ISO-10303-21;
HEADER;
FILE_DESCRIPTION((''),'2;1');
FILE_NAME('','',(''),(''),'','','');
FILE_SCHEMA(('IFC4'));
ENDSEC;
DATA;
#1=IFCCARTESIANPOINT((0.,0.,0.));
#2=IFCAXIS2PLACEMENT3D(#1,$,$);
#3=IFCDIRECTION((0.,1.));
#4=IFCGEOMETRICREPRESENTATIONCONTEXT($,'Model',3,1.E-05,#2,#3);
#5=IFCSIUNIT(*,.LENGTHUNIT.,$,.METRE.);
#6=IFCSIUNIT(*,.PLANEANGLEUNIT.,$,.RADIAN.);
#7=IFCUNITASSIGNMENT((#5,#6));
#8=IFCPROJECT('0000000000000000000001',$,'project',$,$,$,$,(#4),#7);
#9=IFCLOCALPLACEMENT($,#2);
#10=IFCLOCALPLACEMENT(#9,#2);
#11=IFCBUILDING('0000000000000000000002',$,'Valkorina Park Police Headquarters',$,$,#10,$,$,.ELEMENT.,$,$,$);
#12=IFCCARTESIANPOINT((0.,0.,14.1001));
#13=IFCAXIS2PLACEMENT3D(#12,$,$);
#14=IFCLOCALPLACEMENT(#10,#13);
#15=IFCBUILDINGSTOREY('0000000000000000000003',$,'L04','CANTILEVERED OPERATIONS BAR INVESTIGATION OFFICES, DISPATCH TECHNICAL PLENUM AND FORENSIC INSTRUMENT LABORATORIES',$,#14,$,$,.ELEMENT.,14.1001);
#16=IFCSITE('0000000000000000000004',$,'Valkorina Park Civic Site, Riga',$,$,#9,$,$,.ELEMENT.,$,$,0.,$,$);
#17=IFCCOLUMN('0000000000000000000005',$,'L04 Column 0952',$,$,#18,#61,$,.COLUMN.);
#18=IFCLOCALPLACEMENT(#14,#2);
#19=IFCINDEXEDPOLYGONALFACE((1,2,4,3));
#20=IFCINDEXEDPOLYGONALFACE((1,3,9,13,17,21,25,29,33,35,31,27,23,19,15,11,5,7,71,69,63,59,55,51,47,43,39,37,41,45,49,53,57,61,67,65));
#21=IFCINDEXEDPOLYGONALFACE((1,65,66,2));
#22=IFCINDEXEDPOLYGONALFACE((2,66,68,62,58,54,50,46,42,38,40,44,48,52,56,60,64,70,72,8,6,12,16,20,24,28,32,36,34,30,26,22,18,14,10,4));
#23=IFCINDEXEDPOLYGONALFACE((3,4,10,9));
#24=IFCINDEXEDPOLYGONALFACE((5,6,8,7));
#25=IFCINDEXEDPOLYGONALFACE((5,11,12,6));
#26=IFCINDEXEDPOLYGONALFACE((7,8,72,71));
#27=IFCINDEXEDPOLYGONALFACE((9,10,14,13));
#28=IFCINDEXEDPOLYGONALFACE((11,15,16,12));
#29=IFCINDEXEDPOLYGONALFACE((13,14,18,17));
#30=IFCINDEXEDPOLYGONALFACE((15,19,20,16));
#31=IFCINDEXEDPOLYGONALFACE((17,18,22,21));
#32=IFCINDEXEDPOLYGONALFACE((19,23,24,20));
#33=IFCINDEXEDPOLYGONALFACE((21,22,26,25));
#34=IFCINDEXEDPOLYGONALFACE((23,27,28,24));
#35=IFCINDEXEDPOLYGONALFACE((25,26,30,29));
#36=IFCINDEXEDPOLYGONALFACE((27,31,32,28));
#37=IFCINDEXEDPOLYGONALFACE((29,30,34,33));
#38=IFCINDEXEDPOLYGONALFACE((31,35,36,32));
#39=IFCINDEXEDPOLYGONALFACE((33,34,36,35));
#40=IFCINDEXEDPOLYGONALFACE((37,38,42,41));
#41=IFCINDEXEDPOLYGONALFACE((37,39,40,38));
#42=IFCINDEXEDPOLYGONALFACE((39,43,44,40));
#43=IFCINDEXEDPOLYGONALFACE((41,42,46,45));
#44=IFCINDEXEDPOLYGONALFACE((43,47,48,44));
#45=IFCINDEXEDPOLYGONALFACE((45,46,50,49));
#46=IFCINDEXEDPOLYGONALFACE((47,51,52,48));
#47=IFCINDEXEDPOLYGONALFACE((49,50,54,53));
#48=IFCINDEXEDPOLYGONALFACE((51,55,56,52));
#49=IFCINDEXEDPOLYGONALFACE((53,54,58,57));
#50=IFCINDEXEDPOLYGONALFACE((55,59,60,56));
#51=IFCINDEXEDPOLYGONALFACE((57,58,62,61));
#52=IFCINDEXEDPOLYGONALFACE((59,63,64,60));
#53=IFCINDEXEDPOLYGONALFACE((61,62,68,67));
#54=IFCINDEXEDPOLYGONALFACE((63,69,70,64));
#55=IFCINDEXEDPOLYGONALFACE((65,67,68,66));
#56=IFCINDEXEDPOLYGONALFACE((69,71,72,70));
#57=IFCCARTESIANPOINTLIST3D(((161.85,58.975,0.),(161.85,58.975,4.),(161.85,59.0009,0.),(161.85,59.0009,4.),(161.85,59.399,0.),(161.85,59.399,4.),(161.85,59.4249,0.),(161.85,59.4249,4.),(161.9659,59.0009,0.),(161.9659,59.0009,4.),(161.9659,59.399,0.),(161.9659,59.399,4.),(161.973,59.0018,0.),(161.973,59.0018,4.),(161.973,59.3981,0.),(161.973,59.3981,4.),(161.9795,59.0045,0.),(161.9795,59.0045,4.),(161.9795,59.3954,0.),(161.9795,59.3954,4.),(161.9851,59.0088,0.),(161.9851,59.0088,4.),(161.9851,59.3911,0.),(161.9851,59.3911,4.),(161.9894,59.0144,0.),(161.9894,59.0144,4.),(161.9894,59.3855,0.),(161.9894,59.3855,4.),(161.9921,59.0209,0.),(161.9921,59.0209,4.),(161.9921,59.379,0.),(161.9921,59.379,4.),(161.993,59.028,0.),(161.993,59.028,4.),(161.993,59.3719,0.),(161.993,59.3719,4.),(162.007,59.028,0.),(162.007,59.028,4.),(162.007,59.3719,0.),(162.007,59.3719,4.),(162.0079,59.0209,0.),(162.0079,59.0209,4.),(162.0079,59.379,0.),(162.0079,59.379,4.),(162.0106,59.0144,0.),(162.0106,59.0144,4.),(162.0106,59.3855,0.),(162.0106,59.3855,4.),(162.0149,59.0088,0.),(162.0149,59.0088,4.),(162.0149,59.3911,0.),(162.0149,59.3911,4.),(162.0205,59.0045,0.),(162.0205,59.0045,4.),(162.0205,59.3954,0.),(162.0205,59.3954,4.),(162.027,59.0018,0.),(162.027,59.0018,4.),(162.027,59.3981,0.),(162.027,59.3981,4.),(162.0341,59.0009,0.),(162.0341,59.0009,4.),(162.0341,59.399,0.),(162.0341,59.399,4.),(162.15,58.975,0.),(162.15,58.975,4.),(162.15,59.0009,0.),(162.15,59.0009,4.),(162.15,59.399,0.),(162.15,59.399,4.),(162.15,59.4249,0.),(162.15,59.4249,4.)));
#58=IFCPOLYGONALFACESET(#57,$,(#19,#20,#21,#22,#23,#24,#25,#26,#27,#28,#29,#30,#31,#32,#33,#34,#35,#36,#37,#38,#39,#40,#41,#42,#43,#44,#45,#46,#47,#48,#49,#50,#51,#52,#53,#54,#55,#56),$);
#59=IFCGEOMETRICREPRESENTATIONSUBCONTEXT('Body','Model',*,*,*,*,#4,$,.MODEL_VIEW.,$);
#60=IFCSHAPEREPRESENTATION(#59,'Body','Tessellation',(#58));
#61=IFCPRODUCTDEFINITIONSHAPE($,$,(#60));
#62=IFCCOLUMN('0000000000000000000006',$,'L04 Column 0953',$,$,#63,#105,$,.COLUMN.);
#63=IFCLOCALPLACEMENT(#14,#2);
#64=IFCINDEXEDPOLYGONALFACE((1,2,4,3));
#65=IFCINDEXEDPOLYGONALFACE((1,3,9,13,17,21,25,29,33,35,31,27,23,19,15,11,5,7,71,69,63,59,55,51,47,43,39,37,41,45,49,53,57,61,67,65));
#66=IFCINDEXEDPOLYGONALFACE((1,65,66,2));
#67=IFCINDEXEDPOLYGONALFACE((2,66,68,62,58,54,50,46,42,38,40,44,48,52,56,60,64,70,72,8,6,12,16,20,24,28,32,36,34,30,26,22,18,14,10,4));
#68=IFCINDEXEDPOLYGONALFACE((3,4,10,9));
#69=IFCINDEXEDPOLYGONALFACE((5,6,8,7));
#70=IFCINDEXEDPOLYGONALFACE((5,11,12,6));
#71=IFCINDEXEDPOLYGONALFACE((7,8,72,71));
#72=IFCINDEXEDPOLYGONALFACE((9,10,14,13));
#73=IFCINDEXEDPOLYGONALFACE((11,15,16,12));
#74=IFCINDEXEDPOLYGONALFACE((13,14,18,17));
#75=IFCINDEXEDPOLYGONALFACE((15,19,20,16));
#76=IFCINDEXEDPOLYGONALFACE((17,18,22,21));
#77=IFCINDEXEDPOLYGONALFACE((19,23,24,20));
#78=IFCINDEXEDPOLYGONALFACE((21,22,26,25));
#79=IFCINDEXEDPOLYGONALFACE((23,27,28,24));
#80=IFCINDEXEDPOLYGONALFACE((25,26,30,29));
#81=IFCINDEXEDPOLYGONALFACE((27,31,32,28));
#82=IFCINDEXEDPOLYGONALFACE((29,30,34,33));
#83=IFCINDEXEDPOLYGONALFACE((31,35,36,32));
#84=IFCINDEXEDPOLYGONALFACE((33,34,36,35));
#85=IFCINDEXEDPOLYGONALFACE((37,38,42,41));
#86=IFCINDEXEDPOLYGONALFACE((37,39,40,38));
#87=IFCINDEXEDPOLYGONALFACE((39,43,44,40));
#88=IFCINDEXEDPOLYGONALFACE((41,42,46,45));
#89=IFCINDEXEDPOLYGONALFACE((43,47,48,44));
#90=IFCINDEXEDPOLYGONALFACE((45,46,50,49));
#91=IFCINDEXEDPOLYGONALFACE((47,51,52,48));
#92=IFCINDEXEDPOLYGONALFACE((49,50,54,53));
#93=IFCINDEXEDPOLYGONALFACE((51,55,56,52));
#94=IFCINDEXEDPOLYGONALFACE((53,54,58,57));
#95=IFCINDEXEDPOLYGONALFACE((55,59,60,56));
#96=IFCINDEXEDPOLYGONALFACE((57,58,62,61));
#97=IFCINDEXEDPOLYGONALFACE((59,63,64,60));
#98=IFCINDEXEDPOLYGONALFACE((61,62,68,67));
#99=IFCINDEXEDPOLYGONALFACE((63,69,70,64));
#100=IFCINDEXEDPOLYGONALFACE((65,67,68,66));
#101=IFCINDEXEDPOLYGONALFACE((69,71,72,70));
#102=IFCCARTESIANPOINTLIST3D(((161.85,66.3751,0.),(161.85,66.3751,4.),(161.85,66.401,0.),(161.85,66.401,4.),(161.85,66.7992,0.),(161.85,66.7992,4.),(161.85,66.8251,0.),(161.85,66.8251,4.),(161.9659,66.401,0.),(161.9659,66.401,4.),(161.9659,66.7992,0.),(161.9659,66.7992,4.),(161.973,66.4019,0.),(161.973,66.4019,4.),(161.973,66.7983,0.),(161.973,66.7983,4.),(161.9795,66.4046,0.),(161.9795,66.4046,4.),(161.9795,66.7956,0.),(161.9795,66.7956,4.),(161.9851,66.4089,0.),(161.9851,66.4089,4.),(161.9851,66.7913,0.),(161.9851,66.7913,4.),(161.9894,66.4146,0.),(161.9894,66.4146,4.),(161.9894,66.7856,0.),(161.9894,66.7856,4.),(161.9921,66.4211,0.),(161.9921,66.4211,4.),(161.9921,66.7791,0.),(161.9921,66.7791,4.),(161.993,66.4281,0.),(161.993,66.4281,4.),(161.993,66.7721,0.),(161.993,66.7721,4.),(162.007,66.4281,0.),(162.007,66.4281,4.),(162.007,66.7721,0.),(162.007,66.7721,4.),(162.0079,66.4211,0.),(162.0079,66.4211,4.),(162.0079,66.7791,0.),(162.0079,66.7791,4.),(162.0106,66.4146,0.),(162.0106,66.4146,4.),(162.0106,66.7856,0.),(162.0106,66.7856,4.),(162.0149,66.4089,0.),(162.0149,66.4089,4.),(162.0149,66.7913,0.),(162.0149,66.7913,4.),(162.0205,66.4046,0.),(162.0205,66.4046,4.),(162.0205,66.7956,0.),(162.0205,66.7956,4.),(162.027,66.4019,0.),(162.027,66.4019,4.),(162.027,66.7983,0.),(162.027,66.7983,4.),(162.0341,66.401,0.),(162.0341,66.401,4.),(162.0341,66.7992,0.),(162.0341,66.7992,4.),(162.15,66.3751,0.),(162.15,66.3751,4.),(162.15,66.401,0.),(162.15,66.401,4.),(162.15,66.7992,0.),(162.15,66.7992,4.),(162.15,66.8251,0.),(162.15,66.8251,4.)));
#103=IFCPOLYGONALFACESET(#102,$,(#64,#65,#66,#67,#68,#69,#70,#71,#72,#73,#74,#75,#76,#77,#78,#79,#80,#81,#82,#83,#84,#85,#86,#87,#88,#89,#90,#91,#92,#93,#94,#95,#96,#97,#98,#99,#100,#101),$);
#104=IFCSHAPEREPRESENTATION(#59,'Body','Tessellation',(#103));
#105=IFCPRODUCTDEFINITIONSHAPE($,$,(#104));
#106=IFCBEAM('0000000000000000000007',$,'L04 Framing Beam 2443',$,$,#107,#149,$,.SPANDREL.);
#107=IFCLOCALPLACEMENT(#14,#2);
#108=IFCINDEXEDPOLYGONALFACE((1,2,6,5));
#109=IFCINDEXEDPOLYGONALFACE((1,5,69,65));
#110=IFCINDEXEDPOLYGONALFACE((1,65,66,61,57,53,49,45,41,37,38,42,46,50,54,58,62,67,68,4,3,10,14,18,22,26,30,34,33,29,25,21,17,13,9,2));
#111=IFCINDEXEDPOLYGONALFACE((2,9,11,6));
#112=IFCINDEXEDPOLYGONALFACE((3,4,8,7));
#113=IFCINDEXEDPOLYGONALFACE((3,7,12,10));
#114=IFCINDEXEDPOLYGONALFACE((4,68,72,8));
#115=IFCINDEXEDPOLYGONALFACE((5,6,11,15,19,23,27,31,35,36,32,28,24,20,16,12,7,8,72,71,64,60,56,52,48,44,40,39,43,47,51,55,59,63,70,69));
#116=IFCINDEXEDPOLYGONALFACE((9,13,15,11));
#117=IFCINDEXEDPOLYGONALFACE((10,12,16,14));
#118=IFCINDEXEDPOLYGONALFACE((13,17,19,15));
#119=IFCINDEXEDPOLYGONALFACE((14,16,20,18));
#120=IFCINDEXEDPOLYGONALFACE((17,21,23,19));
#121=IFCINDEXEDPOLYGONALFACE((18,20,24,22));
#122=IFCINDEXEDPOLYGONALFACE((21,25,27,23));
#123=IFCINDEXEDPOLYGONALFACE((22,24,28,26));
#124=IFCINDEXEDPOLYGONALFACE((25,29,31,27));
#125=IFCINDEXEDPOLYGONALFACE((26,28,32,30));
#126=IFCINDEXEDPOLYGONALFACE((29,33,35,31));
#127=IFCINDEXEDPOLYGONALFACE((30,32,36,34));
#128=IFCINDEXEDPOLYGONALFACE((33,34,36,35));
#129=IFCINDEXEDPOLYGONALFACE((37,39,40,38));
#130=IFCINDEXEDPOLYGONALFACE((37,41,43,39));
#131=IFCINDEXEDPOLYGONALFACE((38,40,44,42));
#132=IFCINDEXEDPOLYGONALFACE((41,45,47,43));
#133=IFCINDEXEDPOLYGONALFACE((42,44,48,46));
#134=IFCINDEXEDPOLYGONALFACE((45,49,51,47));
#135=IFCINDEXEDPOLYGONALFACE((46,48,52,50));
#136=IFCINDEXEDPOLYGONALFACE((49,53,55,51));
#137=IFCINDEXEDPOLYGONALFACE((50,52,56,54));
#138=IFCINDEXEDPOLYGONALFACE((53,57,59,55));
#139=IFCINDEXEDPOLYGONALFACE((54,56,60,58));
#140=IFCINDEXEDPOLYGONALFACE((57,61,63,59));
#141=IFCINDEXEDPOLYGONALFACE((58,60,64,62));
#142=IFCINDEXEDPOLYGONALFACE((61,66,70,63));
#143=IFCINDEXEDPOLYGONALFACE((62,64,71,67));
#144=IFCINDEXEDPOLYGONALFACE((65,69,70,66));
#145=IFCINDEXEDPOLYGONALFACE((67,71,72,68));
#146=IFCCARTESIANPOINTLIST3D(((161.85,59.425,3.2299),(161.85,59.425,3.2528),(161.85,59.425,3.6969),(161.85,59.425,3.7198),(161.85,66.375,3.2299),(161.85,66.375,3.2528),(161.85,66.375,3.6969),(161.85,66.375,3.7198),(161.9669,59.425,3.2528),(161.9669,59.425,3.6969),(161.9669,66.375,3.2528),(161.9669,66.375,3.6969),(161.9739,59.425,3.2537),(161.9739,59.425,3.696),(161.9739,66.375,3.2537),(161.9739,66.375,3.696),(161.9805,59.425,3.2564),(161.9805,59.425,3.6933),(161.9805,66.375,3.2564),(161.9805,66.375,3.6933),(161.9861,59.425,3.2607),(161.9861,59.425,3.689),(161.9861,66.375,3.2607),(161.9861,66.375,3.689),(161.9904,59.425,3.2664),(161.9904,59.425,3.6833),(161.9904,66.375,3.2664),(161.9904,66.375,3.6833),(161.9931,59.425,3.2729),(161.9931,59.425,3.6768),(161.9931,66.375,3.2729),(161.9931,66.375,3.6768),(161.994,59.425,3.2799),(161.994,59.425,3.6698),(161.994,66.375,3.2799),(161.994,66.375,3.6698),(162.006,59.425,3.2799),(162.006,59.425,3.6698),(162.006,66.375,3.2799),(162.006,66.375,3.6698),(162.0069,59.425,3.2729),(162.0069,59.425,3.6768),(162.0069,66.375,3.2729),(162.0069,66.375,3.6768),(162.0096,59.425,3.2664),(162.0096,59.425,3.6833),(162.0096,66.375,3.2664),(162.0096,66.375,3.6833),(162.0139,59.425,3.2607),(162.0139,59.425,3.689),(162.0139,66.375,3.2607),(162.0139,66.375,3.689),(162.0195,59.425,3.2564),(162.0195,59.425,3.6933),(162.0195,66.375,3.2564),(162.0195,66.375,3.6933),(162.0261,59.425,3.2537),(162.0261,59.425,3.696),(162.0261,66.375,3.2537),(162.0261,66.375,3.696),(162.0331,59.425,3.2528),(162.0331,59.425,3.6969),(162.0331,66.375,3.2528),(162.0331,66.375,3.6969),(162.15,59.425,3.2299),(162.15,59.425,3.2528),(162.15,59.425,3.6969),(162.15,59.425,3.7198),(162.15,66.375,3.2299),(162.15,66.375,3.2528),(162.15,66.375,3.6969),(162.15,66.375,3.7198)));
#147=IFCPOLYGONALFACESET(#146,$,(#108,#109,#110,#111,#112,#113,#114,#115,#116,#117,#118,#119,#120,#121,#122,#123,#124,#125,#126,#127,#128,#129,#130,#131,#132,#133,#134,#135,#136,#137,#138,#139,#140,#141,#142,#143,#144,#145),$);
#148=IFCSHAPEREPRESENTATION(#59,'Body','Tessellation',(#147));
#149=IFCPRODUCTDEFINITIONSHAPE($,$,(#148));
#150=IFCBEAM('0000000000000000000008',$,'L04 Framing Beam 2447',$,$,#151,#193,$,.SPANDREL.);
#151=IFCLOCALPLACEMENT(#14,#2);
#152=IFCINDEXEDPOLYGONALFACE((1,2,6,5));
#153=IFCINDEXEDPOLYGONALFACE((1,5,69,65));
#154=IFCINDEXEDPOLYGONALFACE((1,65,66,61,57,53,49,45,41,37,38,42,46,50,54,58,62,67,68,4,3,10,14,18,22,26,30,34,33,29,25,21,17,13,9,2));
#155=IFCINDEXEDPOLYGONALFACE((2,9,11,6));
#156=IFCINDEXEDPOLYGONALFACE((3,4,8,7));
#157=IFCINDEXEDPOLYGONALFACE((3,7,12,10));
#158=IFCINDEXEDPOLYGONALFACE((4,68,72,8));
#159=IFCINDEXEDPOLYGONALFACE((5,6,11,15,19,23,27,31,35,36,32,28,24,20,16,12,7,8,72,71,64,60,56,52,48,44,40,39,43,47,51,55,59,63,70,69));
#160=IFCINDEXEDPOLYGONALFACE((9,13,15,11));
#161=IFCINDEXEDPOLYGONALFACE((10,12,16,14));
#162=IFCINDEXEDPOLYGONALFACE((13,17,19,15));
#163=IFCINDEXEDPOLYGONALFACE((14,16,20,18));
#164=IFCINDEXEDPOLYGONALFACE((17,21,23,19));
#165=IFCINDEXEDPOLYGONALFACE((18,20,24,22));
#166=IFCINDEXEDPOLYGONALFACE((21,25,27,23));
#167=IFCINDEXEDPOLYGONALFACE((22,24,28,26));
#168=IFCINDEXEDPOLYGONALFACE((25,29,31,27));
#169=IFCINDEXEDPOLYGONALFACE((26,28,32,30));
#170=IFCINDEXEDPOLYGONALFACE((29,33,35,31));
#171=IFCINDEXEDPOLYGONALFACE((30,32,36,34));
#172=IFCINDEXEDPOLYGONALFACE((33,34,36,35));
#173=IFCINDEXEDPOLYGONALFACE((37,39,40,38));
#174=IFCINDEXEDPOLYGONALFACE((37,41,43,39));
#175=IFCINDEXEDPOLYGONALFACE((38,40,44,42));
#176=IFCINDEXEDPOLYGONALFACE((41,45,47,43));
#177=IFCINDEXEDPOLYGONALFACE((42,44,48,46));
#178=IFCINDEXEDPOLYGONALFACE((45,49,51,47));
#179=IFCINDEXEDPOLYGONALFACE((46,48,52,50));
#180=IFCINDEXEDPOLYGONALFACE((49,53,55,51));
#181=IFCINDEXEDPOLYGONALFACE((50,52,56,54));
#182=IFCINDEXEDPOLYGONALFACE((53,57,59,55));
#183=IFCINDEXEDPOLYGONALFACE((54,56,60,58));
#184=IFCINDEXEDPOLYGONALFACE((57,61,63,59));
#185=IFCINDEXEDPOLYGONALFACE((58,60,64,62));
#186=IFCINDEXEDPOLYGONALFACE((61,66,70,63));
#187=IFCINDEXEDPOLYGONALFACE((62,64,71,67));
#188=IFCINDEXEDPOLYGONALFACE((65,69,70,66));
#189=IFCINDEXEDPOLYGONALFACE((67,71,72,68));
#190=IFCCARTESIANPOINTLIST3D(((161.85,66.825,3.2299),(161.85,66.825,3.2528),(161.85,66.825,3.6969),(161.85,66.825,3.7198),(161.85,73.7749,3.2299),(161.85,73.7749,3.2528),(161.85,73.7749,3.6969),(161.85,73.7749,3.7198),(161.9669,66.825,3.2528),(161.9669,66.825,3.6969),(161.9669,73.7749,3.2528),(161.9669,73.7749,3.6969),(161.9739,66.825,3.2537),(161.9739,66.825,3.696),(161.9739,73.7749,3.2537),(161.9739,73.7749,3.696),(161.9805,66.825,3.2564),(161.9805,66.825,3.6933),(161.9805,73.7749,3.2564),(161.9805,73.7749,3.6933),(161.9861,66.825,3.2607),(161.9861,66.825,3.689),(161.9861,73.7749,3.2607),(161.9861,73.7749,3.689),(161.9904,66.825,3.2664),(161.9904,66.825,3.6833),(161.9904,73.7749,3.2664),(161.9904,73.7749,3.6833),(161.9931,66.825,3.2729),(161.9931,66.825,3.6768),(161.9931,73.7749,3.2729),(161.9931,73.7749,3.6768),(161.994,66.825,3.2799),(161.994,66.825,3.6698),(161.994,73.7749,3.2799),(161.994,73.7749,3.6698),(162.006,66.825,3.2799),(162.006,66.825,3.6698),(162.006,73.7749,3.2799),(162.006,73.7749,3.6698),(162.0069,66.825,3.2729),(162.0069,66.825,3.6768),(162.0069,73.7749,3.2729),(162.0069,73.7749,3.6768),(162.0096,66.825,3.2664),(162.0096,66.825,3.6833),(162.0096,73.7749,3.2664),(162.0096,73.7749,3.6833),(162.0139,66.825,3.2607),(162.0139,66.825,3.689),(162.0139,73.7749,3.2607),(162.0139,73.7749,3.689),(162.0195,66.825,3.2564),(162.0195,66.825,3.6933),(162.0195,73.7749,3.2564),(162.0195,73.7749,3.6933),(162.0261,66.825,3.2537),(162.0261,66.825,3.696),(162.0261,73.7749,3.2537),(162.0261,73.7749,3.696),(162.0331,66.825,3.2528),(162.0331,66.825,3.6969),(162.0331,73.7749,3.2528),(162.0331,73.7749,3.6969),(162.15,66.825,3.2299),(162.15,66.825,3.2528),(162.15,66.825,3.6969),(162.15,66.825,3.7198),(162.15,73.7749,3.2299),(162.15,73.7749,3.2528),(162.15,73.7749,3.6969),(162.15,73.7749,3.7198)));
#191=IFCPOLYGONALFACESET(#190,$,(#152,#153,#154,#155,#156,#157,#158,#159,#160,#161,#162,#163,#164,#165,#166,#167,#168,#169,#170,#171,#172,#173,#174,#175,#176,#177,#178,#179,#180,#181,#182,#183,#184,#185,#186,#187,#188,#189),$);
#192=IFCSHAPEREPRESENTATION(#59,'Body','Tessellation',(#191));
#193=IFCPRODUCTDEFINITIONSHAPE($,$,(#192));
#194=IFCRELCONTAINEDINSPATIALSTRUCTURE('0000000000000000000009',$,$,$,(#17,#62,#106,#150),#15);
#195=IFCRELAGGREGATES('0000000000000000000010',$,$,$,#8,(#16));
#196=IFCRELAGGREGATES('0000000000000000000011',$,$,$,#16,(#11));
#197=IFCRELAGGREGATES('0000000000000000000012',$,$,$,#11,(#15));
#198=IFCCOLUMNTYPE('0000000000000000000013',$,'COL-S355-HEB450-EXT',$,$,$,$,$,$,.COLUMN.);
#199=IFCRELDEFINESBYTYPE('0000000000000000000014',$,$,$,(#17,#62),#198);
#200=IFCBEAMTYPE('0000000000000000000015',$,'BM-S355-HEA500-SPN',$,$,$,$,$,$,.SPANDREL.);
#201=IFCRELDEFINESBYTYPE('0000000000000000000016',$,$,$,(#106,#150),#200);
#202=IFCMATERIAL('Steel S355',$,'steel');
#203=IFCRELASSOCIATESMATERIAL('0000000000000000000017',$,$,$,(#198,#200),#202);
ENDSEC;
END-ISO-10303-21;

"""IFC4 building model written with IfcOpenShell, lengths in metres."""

from ifc_helpers import new_model, si_unit, direction, frame, origin, origin_2d, place, context, subcontext, project, spatial, i_section, extrude, material, material_profile, profile_set, type_object, element, save


model = new_model("IFC4")

# Units and contexts
model_context = context("Model", 3, precision=1e-05, world=origin(), true_north=direction((0.0, 1.0)))
body_context = subcontext(model_context, "Body", "Model", "MODEL_VIEW")
ifc_project = project(units=[si_unit("LENGTHUNIT", "METRE"), si_unit("PLANEANGLEUNIT", "RADIAN")], contexts=[model_context])

# Site, building, storey
site_placement = place(None, origin())
site = spatial("IfcSite", under=ifc_project, at=site_placement, Name="Valkorina Park Civic Site, Riga", CompositionType="ELEMENT", RefElevation=0.0)
building_placement = place(site_placement, origin())
building = spatial("IfcBuilding", under=site, at=building_placement, Name="Valkorina Park Police Headquarters", CompositionType="ELEMENT")
storey_placement = place(building_placement, frame((0.0, 0.0, 14.1001)))
storey = spatial("IfcBuildingStorey", under=building, at=storey_placement, Name="L04", Description="CANTILEVERED OPERATIONS BAR INVESTIGATION OFFICES, DISPATCH TECHNICAL PLENUM AND FORENSIC INSTRUMENT LABORATORIES", CompositionType="ELEMENT", Elevation=14.1001)

# Columns
ifc_material_1 = material(Name="Steel S355", Category="steel")
ifc_material_profile_1 = material_profile(ifc_material_1, i_section(OverallWidth=0.3, OverallDepth=0.45, WebThickness=0.0139, FlangeThickness=0.0259, FilletRadius=0.0271, at=origin_2d()), Name="HEB 450")
ifc_profile_set_1 = profile_set([ifc_material_profile_1], Name="Steel S355")
column_type = type_object("IfcColumnType", Name="COL-S355-HEB450-EXT", PredefinedType="COLUMN", material=ifc_profile_set_1)
for number, where, z_axis, x_axis, name in (
    (1, (162.0, 59.2, 0.0), (0.0, 0.0, 1.0), (1.0, 0.0, 0.0), "L04 Column 0952"),
    (2, (162.0, 66.6001, 0.0), (0.0, 0.0, 1.0), (1.0, 0.0, 0.0), "L04 Column 0953"),
):
    element("IfcColumn", number, at=place(storey_placement, frame(where, z_axis=z_axis, x_axis=x_axis)), inside=storey, type_object=column_type, Name=name, PredefinedType="COLUMN", context=body_context, shape_type="SweptSolid", body=[
        extrude(i_section(OverallWidth=0.3, OverallDepth=0.45, WebThickness=0.0139, FlangeThickness=0.0259, FilletRadius=0.0271, at=origin_2d()), origin(), (0.0, 0.0, 1.0), 4.0),
    ])

# Beams
ifc_material_profile_2 = material_profile(ifc_material_1, i_section(OverallWidth=0.3, OverallDepth=0.49, WebThickness=0.012, FlangeThickness=0.0229, FilletRadius=0.0271, at=origin_2d()), Name="HEA 500")
ifc_profile_set_2 = profile_set([ifc_material_profile_2], Name="Steel S355")
beam_type_1 = type_object("IfcBeamType", Name="BM-S355-HEA500-SPN", PredefinedType="SPANDREL", material=ifc_profile_set_2)
for number, where, z_axis, x_axis, name in (
    (3, (162.0, 59.425, 3.4749), (0.0, 1.0, 0.0), (-1.0, 0.0, 0.0), "L04 Framing Beam 2443"),
    (4, (162.0, 66.825, 3.4749), (0.0, 1.0, 0.0), (-1.0, 0.0, 0.0), "L04 Framing Beam 2447"),
):
    element("IfcBeam", number, at=place(storey_placement, frame(where, z_axis=z_axis, x_axis=x_axis)), inside=storey, type_object=beam_type_1, Name=name, PredefinedType="SPANDREL", context=body_context, shape_type="SweptSolid", body=[
        extrude(i_section(OverallWidth=0.3, OverallDepth=0.49, WebThickness=0.012, FlangeThickness=0.0229, FilletRadius=0.0271, at=origin_2d()), origin(), (0.0, 0.0, 1.0), 6.95),
    ])

save(model, "model.ifc")
